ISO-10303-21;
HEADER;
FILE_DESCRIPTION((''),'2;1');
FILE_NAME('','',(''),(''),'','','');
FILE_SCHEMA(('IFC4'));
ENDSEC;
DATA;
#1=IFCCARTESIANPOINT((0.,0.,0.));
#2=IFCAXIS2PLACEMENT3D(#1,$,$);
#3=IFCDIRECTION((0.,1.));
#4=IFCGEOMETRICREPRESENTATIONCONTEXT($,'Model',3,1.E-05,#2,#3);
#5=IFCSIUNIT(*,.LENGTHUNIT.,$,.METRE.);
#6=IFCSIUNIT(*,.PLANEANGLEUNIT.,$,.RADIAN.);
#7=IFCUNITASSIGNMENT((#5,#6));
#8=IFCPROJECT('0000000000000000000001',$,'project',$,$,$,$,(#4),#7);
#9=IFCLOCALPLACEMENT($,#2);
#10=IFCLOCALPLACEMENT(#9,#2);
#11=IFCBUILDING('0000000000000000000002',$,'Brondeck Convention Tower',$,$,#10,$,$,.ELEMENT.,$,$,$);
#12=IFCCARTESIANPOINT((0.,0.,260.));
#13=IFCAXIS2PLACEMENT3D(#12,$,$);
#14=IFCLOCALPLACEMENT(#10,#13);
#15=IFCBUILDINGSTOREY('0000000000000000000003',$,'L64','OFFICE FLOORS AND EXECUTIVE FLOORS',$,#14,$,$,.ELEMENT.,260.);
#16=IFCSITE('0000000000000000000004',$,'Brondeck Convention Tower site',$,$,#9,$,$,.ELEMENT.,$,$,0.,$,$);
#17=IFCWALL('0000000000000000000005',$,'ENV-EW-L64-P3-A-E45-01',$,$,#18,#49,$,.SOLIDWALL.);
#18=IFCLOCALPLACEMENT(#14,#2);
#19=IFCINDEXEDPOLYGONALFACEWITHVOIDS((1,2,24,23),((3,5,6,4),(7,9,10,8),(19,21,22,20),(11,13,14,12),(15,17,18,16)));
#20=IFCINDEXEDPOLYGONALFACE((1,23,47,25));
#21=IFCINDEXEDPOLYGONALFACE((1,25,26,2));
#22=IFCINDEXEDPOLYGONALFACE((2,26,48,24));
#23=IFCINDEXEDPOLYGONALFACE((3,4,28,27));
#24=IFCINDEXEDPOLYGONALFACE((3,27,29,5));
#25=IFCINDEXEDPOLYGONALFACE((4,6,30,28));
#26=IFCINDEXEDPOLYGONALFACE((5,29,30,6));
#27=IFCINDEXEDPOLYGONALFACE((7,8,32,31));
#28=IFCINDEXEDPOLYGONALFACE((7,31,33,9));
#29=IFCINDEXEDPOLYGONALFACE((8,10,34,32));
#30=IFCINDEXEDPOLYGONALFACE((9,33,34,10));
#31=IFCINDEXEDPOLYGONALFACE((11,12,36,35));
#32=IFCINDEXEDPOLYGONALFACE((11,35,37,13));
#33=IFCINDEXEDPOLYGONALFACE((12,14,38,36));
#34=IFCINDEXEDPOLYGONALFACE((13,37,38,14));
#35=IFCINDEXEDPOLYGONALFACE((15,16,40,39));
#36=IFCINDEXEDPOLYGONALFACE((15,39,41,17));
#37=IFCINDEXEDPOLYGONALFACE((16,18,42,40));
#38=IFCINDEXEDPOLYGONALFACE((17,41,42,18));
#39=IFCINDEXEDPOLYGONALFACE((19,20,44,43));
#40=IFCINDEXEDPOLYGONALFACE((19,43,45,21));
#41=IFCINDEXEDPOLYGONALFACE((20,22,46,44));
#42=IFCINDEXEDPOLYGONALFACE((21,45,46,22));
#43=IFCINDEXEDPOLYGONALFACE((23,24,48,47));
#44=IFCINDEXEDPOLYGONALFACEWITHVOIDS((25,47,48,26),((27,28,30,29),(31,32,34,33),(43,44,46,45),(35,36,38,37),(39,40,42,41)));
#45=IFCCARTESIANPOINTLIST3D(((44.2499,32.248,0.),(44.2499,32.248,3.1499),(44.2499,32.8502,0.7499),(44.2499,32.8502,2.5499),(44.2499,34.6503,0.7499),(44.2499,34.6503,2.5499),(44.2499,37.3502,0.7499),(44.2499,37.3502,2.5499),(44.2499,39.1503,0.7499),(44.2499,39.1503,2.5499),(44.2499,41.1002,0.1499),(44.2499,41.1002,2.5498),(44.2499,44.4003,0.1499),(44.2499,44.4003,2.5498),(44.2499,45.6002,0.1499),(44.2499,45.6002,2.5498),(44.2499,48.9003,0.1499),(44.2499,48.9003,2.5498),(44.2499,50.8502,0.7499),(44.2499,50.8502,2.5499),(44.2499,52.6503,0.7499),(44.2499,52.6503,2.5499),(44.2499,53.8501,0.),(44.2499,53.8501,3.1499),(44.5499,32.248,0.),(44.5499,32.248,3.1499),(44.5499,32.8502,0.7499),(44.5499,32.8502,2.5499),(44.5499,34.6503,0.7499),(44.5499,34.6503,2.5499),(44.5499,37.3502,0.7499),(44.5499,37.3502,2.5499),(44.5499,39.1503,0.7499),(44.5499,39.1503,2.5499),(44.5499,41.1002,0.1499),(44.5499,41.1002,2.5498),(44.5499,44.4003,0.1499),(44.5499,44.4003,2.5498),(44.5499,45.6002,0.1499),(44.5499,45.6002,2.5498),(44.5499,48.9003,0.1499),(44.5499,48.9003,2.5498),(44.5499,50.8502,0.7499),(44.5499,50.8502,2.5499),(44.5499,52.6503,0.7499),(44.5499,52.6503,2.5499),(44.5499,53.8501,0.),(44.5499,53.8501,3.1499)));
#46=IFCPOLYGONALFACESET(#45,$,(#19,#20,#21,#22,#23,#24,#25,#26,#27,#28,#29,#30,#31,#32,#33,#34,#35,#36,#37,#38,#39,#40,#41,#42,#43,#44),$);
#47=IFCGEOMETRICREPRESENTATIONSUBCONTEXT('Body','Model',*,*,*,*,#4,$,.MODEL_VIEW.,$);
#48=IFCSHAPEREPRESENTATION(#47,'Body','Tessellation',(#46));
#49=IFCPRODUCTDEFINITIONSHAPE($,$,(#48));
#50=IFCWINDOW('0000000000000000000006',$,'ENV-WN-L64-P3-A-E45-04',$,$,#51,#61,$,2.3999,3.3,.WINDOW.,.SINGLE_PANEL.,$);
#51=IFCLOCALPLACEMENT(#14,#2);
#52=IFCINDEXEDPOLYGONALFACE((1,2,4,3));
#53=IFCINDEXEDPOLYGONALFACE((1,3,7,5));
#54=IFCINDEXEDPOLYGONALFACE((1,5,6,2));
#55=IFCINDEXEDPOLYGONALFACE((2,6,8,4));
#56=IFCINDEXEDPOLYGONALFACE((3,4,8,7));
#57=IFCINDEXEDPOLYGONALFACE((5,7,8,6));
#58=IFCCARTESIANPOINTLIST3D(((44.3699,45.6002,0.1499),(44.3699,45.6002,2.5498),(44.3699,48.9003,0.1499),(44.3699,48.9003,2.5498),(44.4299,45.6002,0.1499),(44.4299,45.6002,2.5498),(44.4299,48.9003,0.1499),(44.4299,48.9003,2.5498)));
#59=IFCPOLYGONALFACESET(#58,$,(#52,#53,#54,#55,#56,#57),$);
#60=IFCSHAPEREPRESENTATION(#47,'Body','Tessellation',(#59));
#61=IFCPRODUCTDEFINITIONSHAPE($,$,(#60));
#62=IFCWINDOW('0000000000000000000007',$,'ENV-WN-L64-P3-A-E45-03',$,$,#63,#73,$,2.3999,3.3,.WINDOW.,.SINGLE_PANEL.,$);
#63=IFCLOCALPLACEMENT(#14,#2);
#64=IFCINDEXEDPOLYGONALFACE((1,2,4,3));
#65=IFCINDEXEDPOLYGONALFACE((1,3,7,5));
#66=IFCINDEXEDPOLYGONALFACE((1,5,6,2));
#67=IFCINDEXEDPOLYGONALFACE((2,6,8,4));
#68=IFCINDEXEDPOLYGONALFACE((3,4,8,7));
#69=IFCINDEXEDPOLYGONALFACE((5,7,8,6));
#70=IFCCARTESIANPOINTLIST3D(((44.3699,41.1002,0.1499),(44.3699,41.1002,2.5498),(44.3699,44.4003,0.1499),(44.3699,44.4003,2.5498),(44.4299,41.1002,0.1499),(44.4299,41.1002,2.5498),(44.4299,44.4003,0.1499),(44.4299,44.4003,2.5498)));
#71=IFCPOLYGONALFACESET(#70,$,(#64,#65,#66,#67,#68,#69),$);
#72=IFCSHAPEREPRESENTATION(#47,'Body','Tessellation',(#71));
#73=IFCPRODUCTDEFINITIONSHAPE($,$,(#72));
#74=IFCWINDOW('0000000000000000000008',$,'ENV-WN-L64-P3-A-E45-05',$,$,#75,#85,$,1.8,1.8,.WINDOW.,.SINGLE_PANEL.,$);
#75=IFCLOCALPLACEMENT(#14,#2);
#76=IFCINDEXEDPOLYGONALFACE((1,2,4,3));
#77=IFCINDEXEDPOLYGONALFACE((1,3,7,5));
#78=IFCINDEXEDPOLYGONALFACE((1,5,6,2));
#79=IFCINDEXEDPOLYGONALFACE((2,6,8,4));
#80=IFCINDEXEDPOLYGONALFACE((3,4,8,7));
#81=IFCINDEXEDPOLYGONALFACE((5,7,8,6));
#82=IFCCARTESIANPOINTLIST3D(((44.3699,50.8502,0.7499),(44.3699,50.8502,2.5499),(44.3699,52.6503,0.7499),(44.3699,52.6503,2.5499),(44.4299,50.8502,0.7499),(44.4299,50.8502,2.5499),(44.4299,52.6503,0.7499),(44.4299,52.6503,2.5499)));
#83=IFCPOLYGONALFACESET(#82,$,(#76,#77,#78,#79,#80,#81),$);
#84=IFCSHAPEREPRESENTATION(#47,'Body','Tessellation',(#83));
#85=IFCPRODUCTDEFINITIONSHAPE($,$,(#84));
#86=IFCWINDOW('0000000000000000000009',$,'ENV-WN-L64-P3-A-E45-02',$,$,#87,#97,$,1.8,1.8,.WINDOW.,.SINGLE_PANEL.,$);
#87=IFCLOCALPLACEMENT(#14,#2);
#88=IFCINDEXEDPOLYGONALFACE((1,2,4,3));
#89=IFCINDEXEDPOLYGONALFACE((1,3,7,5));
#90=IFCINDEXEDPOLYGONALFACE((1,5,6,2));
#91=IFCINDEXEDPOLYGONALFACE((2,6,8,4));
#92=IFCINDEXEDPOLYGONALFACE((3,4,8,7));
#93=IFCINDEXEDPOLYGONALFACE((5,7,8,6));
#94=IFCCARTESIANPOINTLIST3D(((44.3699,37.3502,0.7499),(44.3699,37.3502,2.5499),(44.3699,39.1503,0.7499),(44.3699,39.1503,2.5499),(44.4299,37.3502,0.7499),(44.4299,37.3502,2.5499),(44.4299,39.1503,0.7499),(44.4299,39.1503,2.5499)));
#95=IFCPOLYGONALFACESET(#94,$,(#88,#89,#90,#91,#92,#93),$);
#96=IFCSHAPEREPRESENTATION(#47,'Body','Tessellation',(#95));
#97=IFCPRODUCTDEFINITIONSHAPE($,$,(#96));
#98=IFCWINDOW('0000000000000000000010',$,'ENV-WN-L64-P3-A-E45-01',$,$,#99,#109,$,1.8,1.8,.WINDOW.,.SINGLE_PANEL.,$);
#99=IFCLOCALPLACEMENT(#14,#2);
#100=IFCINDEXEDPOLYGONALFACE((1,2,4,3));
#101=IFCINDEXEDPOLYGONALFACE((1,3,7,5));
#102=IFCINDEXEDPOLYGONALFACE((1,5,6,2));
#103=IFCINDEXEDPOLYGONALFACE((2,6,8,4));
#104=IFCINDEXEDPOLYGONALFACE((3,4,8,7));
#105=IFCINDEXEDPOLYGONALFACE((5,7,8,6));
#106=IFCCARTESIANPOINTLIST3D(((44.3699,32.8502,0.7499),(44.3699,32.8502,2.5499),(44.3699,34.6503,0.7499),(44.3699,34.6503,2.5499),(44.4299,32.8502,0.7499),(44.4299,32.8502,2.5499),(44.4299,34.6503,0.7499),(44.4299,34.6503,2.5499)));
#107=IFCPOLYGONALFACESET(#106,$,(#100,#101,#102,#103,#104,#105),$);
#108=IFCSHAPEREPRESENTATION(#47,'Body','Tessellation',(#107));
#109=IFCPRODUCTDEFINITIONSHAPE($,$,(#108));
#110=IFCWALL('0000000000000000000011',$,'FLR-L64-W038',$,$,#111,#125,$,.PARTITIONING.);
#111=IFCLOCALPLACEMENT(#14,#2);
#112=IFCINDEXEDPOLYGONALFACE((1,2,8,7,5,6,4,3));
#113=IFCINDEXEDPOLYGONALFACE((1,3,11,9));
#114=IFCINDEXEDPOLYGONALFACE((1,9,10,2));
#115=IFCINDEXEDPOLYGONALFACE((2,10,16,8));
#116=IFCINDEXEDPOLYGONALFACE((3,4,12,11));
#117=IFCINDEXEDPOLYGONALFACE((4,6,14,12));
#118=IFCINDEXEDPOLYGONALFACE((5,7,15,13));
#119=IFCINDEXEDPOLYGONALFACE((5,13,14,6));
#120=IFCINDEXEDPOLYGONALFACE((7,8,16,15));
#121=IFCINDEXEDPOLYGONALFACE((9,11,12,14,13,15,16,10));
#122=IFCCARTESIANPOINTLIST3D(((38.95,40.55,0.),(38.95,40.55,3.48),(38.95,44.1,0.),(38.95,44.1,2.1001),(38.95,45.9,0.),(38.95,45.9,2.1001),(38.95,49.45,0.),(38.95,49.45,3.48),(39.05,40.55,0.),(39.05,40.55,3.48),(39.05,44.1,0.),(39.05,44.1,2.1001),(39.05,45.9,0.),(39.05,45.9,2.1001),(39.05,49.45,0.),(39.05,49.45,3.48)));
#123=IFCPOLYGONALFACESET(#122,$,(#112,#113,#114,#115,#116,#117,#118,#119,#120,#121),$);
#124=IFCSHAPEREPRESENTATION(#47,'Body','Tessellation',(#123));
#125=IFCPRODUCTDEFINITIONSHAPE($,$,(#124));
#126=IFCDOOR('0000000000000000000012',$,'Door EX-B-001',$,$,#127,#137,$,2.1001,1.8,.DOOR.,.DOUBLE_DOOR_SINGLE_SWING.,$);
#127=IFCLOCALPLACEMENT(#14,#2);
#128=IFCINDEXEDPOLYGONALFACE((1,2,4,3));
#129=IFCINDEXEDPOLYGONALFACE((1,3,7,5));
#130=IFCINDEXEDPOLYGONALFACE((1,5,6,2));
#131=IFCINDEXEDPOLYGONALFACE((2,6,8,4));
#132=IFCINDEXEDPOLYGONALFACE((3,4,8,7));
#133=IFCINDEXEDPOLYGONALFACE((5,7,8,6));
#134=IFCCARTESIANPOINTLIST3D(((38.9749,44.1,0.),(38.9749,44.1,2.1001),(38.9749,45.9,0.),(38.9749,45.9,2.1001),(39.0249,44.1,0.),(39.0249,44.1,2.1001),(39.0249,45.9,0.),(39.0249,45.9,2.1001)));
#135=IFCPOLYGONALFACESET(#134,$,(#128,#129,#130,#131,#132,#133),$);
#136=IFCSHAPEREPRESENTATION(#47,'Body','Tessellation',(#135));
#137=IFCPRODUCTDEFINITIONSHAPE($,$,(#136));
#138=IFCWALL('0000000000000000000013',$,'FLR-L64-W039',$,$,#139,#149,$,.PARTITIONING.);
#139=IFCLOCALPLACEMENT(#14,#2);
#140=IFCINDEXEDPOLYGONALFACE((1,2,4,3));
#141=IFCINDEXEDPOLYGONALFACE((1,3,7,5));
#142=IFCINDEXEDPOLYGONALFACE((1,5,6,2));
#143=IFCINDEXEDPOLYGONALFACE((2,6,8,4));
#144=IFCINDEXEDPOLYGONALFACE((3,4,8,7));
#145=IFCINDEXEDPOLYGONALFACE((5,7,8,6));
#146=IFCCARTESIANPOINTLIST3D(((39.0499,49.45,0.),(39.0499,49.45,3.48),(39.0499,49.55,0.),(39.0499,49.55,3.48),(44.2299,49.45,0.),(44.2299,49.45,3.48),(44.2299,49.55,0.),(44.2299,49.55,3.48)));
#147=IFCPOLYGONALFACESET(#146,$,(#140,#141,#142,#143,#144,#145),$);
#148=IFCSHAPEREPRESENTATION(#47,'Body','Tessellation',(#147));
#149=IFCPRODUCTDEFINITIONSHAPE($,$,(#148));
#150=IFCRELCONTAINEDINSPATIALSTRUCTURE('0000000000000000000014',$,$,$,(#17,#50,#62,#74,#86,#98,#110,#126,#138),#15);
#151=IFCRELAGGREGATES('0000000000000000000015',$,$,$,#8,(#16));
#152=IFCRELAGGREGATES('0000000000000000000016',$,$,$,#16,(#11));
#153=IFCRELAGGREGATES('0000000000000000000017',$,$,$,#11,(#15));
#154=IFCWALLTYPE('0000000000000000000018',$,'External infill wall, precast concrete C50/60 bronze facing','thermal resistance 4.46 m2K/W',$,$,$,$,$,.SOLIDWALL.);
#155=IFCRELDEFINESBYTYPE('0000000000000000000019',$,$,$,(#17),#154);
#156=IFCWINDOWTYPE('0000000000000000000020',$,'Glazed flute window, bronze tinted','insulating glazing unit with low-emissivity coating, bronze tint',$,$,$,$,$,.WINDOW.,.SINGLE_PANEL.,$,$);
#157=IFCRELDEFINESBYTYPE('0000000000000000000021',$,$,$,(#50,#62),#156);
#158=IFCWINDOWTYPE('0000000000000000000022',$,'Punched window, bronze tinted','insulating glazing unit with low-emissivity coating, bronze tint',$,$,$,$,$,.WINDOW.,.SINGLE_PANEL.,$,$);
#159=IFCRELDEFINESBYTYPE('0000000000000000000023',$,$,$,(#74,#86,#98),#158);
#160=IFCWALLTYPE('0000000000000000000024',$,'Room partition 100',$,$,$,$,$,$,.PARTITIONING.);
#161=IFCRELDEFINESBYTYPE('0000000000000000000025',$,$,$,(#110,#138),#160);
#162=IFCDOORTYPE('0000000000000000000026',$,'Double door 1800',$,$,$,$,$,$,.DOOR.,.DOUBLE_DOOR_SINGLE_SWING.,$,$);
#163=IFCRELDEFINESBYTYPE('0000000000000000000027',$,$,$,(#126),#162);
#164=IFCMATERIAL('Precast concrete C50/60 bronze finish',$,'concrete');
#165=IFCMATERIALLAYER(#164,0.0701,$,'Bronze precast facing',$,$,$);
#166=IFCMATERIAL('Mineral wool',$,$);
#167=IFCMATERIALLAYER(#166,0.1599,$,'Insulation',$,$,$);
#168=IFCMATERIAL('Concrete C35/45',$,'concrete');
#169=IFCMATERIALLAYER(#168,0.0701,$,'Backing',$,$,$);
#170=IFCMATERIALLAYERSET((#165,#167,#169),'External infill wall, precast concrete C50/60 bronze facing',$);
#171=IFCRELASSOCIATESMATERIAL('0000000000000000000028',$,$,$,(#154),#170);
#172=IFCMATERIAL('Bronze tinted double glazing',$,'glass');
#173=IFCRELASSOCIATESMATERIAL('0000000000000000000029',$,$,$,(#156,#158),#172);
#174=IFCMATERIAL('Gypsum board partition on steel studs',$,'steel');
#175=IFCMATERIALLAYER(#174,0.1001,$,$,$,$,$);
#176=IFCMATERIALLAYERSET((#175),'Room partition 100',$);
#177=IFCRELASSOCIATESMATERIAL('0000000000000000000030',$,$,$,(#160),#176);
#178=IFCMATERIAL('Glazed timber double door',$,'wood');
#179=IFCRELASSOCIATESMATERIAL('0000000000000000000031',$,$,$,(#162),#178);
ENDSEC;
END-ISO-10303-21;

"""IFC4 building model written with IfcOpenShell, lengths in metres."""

from ifc_helpers import new_model, si_unit, direction, frame, frame_2d, origin, place, context, subcontext, project, spatial, rectangle, extrude, material, layer, layer_set, type_object, element, fill, save


model = new_model("IFC4")

# Units and contexts
model_context = context("Model", 3, precision=1e-05, world=origin(), true_north=direction((0.0, 1.0)))
body_context = subcontext(model_context, "Body", "Model", "MODEL_VIEW")
ifc_project = project(units=[si_unit("LENGTHUNIT", "METRE"), si_unit("PLANEANGLEUNIT", "RADIAN")], contexts=[model_context])

# Site, building, storey
site_placement = place(None, origin())
site = spatial("IfcSite", under=ifc_project, at=site_placement, Name="Brondeck Convention Tower site", CompositionType="ELEMENT", RefElevation=0.0)
building_placement = place(site_placement, origin())
building = spatial("IfcBuilding", under=site, at=building_placement, Name="Brondeck Convention Tower", CompositionType="ELEMENT")
storey_placement = place(building_placement, frame((0.0, 0.0, 260.0)))
storey = spatial("IfcBuildingStorey", under=building, at=storey_placement, Name="L64", Description="OFFICE FLOORS AND EXECUTIVE FLOORS", CompositionType="ELEMENT", Elevation=260.0)

# Wall, openings, windows
ifc_material_1 = material(Name="Precast concrete C50/60 bronze finish", Category="concrete")
ifc_layer_1 = layer(ifc_material_1, 0.0701, Name="Bronze precast facing")
ifc_material_2 = material(Name="Mineral wool")
ifc_layer_2 = layer(ifc_material_2, 0.1599, Name="Insulation")
ifc_material_3 = material(Name="Concrete C35/45", Category="concrete")
ifc_layer_3 = layer(ifc_material_3, 0.0701, Name="Backing")
ifc_layer_set_1 = layer_set([ifc_layer_1, ifc_layer_2, ifc_layer_3], Name="External infill wall, precast concrete C50/60 bronze facing")
wall_type_1 = type_object("IfcWallType", Name="External infill wall, precast concrete C50/60 bronze facing", Description="thermal resistance 4.46 m2K/W", PredefinedType="SOLIDWALL", material=ifc_layer_set_1)
wall_1_placement = place(storey_placement, frame((44.3999, 53.8501, 0.0), z_axis=(0.0, 0.0, 1.0), x_axis=(0.0, -1.0, 0.0)))
wall_1 = element("IfcWall", 1, at=wall_1_placement, inside=storey, type_object=wall_type_1, Name="ENV-EW-L64-P3-A-E45-01", PredefinedType="SOLIDWALL", context=body_context, shape_type="SweptSolid", body=[
    extrude(rectangle(XDim=21.6021, YDim=0.3, at=frame_2d((10.801, 0.0))), origin(), (0.0, 0.0, 1.0), 3.1499),
])
opening_1_placement = place(wall_1_placement, frame((1.2, 0.0, 0.75)))
opening_1 = element("IfcOpeningElement", 2, at=opening_1_placement, cuts=wall_1, PredefinedType="OPENING", context=body_context, shape_type="SweptSolid", body=[
    extrude(rectangle(XDim=1.8, YDim=1.8, at=frame_2d((0.8999, 0.8999))), frame((0.0, 0.1599, 0.0), z_axis=(0.0, -1.0, 0.0), x_axis=(1.0, 0.0, 0.0)), (0.0, 0.0, 1.0), 0.3201),
])
opening_2_placement = place(wall_1_placement, frame((4.95, 0.0, 0.1499)))
opening_2 = element("IfcOpeningElement", 3, at=opening_2_placement, cuts=wall_1, PredefinedType="OPENING", context=body_context, shape_type="SweptSolid", body=[
    extrude(rectangle(XDim=3.3, YDim=2.3999, at=frame_2d((1.6499, 1.2))), frame((0.0, 0.1599, 0.0), z_axis=(0.0, -1.0, 0.0), x_axis=(1.0, 0.0, 0.0)), (0.0, 0.0, 1.0), 0.3201),
])
opening_3_placement = place(wall_1_placement, frame((9.45, 0.0, 0.1499)))
opening_3 = element("IfcOpeningElement", 4, at=opening_3_placement, cuts=wall_1, PredefinedType="OPENING", context=body_context, shape_type="SweptSolid", body=[
    extrude(rectangle(XDim=3.3, YDim=2.3999, at=frame_2d((1.6499, 1.2))), frame((0.0, 0.1599, 0.0), z_axis=(0.0, -1.0, 0.0), x_axis=(1.0, 0.0, 0.0)), (0.0, 0.0, 1.0), 0.3201),
])
opening_4_placement = place(wall_1_placement, frame((14.7, 0.0, 0.75)))
opening_4 = element("IfcOpeningElement", 5, at=opening_4_placement, cuts=wall_1, PredefinedType="OPENING", context=body_context, shape_type="SweptSolid", body=[
    extrude(rectangle(XDim=1.8, YDim=1.8, at=frame_2d((0.8999, 0.8999))), frame((0.0, 0.1599, 0.0), z_axis=(0.0, -1.0, 0.0), x_axis=(1.0, 0.0, 0.0)), (0.0, 0.0, 1.0), 0.3201),
])
opening_5_placement = place(wall_1_placement, frame((19.2, 0.0, 0.75)))
opening_5 = element("IfcOpeningElement", 6, at=opening_5_placement, cuts=wall_1, PredefinedType="OPENING", context=body_context, shape_type="SweptSolid", body=[
    extrude(rectangle(XDim=1.8, YDim=1.8, at=frame_2d((0.8999, 0.8999))), frame((0.0, 0.1599, 0.0), z_axis=(0.0, -1.0, 0.0), x_axis=(1.0, 0.0, 0.0)), (0.0, 0.0, 1.0), 0.3201),
])
ifc_material_4 = material(Name="Bronze tinted double glazing", Category="glass")
window_type_1 = type_object("IfcWindowType", Name="Glazed flute window, bronze tinted", Description="insulating glazing unit with low-emissivity coating, bronze tint", PartitioningType="SINGLE_PANEL", PredefinedType="WINDOW", material=ifc_material_4)
window_1_placement = place(opening_2_placement, origin())
window_1 = element("IfcWindow", 7, at=window_1_placement, inside=storey, type_object=window_type_1, Name="ENV-WN-L64-P3-A-E45-04", OverallHeight=2.3999, OverallWidth=3.3, PartitioningType="SINGLE_PANEL", PredefinedType="WINDOW", context=body_context, shape_type="SweptSolid", body=[
    extrude(rectangle(XDim=3.3, YDim=2.3999, at=frame_2d((1.6499, 1.2))), frame((0.0, 0.03, 0.0), z_axis=(0.0, -1.0, 0.0), x_axis=(1.0, 0.0, 0.0)), (0.0, 0.0, 1.0), 0.0601),
])
fill(opening_2, window_1)
window_2_placement = place(opening_3_placement, origin())
window_2 = element("IfcWindow", 8, at=window_2_placement, inside=storey, type_object=window_type_1, Name="ENV-WN-L64-P3-A-E45-03", OverallHeight=2.3999, OverallWidth=3.3, PartitioningType="SINGLE_PANEL", PredefinedType="WINDOW", context=body_context, shape_type="SweptSolid", body=[
    extrude(rectangle(XDim=3.3, YDim=2.3999, at=frame_2d((1.6499, 1.2))), frame((0.0, 0.03, 0.0), z_axis=(0.0, -1.0, 0.0), x_axis=(1.0, 0.0, 0.0)), (0.0, 0.0, 1.0), 0.0601),
])
fill(opening_3, window_2)
window_type_2 = type_object("IfcWindowType", Name="Punched window, bronze tinted", Description="insulating glazing unit with low-emissivity coating, bronze tint", PartitioningType="SINGLE_PANEL", PredefinedType="WINDOW", material=ifc_material_4)
window_3_placement = place(opening_1_placement, origin())
window_3 = element("IfcWindow", 9, at=window_3_placement, inside=storey, type_object=window_type_2, Name="ENV-WN-L64-P3-A-E45-05", OverallHeight=1.8, OverallWidth=1.8, PartitioningType="SINGLE_PANEL", PredefinedType="WINDOW", context=body_context, shape_type="SweptSolid", body=[
    extrude(rectangle(XDim=1.8, YDim=1.8, at=frame_2d((0.8999, 0.8999))), frame((0.0, 0.03, 0.0), z_axis=(0.0, -1.0, 0.0), x_axis=(1.0, 0.0, 0.0)), (0.0, 0.0, 1.0), 0.0601),
])
fill(opening_1, window_3)
window_4_placement = place(opening_4_placement, origin())
window_4 = element("IfcWindow", 10, at=window_4_placement, inside=storey, type_object=window_type_2, Name="ENV-WN-L64-P3-A-E45-02", OverallHeight=1.8, OverallWidth=1.8, PartitioningType="SINGLE_PANEL", PredefinedType="WINDOW", context=body_context, shape_type="SweptSolid", body=[
    extrude(rectangle(XDim=1.8, YDim=1.8, at=frame_2d((0.8999, 0.8999))), frame((0.0, 0.03, 0.0), z_axis=(0.0, -1.0, 0.0), x_axis=(1.0, 0.0, 0.0)), (0.0, 0.0, 1.0), 0.0601),
])
fill(opening_4, window_4)
window_5_placement = place(opening_5_placement, origin())
window_5 = element("IfcWindow", 11, at=window_5_placement, inside=storey, type_object=window_type_2, Name="ENV-WN-L64-P3-A-E45-01", OverallHeight=1.8, OverallWidth=1.8, PartitioningType="SINGLE_PANEL", PredefinedType="WINDOW", context=body_context, shape_type="SweptSolid", body=[
    extrude(rectangle(XDim=1.8, YDim=1.8, at=frame_2d((0.8999, 0.8999))), frame((0.0, 0.03, 0.0), z_axis=(0.0, -1.0, 0.0), x_axis=(1.0, 0.0, 0.0)), (0.0, 0.0, 1.0), 0.0601),
])
fill(opening_5, window_5)

# Wall, opening, door
ifc_material_5 = material(Name="Gypsum board partition on steel studs", Category="steel")
ifc_layer_4 = layer(ifc_material_5, 0.1001)
ifc_layer_set_2 = layer_set([ifc_layer_4], Name="Room partition 100")
wall_type_2 = type_object("IfcWallType", Name="Room partition 100", PredefinedType="PARTITIONING", material=ifc_layer_set_2)
wall_2_placement = place(storey_placement, frame((39.0, 49.45, 0.0), z_axis=(0.0, 0.0, 1.0), x_axis=(0.0, -1.0, 0.0)))
wall_2 = element("IfcWall", 12, at=wall_2_placement, inside=storey, type_object=wall_type_2, Name="FLR-L64-W038", PredefinedType="PARTITIONING", context=body_context, shape_type="SweptSolid", body=[
    extrude(rectangle(XDim=8.8999, YDim=0.1001, at=frame_2d((4.45, 0.0))), origin(), (0.0, 0.0, 1.0), 3.48),
])
opening_6_placement = place(wall_2_placement, frame((3.55, 0.0, 0.0)))
opening_6 = element("IfcOpeningElement", 13, at=opening_6_placement, cuts=wall_2, PredefinedType="OPENING", context=body_context, shape_type="SweptSolid", body=[
    extrude(rectangle(XDim=1.8, YDim=2.1001, at=frame_2d((0.8999, 1.05))), frame((0.0, 0.0601, 0.0), z_axis=(0.0, -1.0, 0.0), x_axis=(1.0, 0.0, 0.0)), (0.0, 0.0, 1.0), 0.1201),
])
ifc_material_6 = material(Name="Glazed timber double door", Category="wood")
door_type_1 = type_object("IfcDoorType", Name="Double door 1800", OperationType="DOUBLE_DOOR_SINGLE_SWING", PredefinedType="DOOR", material=ifc_material_6)
door_1_placement = place(opening_6_placement, origin())
door_1 = element("IfcDoor", 14, at=door_1_placement, inside=storey, type_object=door_type_1, Name="Door EX-B-001", OperationType="DOUBLE_DOOR_SINGLE_SWING", OverallHeight=2.1001, OverallWidth=1.8, PredefinedType="DOOR", context=body_context, shape_type="SweptSolid", body=[
    extrude(rectangle(XDim=1.8, YDim=2.1001, at=frame_2d((0.8999, 1.05))), frame((0.0, 0.0249, 0.0), z_axis=(0.0, -1.0, 0.0), x_axis=(1.0, 0.0, 0.0)), (0.0, 0.0, 1.0), 0.05),
])
fill(opening_6, door_1)

# Wall
wall_3_placement = place(storey_placement, frame((39.05, 49.5, 0.0), z_axis=(0.0, 0.0, 1.0), x_axis=(1.0, 0.0, 0.0)))
element("IfcWall", 15, at=wall_3_placement, inside=storey, type_object=wall_type_2, Name="FLR-L64-W039", PredefinedType="PARTITIONING", context=body_context, shape_type="SweptSolid", body=[
    extrude(rectangle(XDim=5.1799, YDim=0.1001, at=frame_2d((2.5898, 0.0))), origin(), (0.0, 0.0, 1.0), 3.48),
])

save(model, "model.ifc")
